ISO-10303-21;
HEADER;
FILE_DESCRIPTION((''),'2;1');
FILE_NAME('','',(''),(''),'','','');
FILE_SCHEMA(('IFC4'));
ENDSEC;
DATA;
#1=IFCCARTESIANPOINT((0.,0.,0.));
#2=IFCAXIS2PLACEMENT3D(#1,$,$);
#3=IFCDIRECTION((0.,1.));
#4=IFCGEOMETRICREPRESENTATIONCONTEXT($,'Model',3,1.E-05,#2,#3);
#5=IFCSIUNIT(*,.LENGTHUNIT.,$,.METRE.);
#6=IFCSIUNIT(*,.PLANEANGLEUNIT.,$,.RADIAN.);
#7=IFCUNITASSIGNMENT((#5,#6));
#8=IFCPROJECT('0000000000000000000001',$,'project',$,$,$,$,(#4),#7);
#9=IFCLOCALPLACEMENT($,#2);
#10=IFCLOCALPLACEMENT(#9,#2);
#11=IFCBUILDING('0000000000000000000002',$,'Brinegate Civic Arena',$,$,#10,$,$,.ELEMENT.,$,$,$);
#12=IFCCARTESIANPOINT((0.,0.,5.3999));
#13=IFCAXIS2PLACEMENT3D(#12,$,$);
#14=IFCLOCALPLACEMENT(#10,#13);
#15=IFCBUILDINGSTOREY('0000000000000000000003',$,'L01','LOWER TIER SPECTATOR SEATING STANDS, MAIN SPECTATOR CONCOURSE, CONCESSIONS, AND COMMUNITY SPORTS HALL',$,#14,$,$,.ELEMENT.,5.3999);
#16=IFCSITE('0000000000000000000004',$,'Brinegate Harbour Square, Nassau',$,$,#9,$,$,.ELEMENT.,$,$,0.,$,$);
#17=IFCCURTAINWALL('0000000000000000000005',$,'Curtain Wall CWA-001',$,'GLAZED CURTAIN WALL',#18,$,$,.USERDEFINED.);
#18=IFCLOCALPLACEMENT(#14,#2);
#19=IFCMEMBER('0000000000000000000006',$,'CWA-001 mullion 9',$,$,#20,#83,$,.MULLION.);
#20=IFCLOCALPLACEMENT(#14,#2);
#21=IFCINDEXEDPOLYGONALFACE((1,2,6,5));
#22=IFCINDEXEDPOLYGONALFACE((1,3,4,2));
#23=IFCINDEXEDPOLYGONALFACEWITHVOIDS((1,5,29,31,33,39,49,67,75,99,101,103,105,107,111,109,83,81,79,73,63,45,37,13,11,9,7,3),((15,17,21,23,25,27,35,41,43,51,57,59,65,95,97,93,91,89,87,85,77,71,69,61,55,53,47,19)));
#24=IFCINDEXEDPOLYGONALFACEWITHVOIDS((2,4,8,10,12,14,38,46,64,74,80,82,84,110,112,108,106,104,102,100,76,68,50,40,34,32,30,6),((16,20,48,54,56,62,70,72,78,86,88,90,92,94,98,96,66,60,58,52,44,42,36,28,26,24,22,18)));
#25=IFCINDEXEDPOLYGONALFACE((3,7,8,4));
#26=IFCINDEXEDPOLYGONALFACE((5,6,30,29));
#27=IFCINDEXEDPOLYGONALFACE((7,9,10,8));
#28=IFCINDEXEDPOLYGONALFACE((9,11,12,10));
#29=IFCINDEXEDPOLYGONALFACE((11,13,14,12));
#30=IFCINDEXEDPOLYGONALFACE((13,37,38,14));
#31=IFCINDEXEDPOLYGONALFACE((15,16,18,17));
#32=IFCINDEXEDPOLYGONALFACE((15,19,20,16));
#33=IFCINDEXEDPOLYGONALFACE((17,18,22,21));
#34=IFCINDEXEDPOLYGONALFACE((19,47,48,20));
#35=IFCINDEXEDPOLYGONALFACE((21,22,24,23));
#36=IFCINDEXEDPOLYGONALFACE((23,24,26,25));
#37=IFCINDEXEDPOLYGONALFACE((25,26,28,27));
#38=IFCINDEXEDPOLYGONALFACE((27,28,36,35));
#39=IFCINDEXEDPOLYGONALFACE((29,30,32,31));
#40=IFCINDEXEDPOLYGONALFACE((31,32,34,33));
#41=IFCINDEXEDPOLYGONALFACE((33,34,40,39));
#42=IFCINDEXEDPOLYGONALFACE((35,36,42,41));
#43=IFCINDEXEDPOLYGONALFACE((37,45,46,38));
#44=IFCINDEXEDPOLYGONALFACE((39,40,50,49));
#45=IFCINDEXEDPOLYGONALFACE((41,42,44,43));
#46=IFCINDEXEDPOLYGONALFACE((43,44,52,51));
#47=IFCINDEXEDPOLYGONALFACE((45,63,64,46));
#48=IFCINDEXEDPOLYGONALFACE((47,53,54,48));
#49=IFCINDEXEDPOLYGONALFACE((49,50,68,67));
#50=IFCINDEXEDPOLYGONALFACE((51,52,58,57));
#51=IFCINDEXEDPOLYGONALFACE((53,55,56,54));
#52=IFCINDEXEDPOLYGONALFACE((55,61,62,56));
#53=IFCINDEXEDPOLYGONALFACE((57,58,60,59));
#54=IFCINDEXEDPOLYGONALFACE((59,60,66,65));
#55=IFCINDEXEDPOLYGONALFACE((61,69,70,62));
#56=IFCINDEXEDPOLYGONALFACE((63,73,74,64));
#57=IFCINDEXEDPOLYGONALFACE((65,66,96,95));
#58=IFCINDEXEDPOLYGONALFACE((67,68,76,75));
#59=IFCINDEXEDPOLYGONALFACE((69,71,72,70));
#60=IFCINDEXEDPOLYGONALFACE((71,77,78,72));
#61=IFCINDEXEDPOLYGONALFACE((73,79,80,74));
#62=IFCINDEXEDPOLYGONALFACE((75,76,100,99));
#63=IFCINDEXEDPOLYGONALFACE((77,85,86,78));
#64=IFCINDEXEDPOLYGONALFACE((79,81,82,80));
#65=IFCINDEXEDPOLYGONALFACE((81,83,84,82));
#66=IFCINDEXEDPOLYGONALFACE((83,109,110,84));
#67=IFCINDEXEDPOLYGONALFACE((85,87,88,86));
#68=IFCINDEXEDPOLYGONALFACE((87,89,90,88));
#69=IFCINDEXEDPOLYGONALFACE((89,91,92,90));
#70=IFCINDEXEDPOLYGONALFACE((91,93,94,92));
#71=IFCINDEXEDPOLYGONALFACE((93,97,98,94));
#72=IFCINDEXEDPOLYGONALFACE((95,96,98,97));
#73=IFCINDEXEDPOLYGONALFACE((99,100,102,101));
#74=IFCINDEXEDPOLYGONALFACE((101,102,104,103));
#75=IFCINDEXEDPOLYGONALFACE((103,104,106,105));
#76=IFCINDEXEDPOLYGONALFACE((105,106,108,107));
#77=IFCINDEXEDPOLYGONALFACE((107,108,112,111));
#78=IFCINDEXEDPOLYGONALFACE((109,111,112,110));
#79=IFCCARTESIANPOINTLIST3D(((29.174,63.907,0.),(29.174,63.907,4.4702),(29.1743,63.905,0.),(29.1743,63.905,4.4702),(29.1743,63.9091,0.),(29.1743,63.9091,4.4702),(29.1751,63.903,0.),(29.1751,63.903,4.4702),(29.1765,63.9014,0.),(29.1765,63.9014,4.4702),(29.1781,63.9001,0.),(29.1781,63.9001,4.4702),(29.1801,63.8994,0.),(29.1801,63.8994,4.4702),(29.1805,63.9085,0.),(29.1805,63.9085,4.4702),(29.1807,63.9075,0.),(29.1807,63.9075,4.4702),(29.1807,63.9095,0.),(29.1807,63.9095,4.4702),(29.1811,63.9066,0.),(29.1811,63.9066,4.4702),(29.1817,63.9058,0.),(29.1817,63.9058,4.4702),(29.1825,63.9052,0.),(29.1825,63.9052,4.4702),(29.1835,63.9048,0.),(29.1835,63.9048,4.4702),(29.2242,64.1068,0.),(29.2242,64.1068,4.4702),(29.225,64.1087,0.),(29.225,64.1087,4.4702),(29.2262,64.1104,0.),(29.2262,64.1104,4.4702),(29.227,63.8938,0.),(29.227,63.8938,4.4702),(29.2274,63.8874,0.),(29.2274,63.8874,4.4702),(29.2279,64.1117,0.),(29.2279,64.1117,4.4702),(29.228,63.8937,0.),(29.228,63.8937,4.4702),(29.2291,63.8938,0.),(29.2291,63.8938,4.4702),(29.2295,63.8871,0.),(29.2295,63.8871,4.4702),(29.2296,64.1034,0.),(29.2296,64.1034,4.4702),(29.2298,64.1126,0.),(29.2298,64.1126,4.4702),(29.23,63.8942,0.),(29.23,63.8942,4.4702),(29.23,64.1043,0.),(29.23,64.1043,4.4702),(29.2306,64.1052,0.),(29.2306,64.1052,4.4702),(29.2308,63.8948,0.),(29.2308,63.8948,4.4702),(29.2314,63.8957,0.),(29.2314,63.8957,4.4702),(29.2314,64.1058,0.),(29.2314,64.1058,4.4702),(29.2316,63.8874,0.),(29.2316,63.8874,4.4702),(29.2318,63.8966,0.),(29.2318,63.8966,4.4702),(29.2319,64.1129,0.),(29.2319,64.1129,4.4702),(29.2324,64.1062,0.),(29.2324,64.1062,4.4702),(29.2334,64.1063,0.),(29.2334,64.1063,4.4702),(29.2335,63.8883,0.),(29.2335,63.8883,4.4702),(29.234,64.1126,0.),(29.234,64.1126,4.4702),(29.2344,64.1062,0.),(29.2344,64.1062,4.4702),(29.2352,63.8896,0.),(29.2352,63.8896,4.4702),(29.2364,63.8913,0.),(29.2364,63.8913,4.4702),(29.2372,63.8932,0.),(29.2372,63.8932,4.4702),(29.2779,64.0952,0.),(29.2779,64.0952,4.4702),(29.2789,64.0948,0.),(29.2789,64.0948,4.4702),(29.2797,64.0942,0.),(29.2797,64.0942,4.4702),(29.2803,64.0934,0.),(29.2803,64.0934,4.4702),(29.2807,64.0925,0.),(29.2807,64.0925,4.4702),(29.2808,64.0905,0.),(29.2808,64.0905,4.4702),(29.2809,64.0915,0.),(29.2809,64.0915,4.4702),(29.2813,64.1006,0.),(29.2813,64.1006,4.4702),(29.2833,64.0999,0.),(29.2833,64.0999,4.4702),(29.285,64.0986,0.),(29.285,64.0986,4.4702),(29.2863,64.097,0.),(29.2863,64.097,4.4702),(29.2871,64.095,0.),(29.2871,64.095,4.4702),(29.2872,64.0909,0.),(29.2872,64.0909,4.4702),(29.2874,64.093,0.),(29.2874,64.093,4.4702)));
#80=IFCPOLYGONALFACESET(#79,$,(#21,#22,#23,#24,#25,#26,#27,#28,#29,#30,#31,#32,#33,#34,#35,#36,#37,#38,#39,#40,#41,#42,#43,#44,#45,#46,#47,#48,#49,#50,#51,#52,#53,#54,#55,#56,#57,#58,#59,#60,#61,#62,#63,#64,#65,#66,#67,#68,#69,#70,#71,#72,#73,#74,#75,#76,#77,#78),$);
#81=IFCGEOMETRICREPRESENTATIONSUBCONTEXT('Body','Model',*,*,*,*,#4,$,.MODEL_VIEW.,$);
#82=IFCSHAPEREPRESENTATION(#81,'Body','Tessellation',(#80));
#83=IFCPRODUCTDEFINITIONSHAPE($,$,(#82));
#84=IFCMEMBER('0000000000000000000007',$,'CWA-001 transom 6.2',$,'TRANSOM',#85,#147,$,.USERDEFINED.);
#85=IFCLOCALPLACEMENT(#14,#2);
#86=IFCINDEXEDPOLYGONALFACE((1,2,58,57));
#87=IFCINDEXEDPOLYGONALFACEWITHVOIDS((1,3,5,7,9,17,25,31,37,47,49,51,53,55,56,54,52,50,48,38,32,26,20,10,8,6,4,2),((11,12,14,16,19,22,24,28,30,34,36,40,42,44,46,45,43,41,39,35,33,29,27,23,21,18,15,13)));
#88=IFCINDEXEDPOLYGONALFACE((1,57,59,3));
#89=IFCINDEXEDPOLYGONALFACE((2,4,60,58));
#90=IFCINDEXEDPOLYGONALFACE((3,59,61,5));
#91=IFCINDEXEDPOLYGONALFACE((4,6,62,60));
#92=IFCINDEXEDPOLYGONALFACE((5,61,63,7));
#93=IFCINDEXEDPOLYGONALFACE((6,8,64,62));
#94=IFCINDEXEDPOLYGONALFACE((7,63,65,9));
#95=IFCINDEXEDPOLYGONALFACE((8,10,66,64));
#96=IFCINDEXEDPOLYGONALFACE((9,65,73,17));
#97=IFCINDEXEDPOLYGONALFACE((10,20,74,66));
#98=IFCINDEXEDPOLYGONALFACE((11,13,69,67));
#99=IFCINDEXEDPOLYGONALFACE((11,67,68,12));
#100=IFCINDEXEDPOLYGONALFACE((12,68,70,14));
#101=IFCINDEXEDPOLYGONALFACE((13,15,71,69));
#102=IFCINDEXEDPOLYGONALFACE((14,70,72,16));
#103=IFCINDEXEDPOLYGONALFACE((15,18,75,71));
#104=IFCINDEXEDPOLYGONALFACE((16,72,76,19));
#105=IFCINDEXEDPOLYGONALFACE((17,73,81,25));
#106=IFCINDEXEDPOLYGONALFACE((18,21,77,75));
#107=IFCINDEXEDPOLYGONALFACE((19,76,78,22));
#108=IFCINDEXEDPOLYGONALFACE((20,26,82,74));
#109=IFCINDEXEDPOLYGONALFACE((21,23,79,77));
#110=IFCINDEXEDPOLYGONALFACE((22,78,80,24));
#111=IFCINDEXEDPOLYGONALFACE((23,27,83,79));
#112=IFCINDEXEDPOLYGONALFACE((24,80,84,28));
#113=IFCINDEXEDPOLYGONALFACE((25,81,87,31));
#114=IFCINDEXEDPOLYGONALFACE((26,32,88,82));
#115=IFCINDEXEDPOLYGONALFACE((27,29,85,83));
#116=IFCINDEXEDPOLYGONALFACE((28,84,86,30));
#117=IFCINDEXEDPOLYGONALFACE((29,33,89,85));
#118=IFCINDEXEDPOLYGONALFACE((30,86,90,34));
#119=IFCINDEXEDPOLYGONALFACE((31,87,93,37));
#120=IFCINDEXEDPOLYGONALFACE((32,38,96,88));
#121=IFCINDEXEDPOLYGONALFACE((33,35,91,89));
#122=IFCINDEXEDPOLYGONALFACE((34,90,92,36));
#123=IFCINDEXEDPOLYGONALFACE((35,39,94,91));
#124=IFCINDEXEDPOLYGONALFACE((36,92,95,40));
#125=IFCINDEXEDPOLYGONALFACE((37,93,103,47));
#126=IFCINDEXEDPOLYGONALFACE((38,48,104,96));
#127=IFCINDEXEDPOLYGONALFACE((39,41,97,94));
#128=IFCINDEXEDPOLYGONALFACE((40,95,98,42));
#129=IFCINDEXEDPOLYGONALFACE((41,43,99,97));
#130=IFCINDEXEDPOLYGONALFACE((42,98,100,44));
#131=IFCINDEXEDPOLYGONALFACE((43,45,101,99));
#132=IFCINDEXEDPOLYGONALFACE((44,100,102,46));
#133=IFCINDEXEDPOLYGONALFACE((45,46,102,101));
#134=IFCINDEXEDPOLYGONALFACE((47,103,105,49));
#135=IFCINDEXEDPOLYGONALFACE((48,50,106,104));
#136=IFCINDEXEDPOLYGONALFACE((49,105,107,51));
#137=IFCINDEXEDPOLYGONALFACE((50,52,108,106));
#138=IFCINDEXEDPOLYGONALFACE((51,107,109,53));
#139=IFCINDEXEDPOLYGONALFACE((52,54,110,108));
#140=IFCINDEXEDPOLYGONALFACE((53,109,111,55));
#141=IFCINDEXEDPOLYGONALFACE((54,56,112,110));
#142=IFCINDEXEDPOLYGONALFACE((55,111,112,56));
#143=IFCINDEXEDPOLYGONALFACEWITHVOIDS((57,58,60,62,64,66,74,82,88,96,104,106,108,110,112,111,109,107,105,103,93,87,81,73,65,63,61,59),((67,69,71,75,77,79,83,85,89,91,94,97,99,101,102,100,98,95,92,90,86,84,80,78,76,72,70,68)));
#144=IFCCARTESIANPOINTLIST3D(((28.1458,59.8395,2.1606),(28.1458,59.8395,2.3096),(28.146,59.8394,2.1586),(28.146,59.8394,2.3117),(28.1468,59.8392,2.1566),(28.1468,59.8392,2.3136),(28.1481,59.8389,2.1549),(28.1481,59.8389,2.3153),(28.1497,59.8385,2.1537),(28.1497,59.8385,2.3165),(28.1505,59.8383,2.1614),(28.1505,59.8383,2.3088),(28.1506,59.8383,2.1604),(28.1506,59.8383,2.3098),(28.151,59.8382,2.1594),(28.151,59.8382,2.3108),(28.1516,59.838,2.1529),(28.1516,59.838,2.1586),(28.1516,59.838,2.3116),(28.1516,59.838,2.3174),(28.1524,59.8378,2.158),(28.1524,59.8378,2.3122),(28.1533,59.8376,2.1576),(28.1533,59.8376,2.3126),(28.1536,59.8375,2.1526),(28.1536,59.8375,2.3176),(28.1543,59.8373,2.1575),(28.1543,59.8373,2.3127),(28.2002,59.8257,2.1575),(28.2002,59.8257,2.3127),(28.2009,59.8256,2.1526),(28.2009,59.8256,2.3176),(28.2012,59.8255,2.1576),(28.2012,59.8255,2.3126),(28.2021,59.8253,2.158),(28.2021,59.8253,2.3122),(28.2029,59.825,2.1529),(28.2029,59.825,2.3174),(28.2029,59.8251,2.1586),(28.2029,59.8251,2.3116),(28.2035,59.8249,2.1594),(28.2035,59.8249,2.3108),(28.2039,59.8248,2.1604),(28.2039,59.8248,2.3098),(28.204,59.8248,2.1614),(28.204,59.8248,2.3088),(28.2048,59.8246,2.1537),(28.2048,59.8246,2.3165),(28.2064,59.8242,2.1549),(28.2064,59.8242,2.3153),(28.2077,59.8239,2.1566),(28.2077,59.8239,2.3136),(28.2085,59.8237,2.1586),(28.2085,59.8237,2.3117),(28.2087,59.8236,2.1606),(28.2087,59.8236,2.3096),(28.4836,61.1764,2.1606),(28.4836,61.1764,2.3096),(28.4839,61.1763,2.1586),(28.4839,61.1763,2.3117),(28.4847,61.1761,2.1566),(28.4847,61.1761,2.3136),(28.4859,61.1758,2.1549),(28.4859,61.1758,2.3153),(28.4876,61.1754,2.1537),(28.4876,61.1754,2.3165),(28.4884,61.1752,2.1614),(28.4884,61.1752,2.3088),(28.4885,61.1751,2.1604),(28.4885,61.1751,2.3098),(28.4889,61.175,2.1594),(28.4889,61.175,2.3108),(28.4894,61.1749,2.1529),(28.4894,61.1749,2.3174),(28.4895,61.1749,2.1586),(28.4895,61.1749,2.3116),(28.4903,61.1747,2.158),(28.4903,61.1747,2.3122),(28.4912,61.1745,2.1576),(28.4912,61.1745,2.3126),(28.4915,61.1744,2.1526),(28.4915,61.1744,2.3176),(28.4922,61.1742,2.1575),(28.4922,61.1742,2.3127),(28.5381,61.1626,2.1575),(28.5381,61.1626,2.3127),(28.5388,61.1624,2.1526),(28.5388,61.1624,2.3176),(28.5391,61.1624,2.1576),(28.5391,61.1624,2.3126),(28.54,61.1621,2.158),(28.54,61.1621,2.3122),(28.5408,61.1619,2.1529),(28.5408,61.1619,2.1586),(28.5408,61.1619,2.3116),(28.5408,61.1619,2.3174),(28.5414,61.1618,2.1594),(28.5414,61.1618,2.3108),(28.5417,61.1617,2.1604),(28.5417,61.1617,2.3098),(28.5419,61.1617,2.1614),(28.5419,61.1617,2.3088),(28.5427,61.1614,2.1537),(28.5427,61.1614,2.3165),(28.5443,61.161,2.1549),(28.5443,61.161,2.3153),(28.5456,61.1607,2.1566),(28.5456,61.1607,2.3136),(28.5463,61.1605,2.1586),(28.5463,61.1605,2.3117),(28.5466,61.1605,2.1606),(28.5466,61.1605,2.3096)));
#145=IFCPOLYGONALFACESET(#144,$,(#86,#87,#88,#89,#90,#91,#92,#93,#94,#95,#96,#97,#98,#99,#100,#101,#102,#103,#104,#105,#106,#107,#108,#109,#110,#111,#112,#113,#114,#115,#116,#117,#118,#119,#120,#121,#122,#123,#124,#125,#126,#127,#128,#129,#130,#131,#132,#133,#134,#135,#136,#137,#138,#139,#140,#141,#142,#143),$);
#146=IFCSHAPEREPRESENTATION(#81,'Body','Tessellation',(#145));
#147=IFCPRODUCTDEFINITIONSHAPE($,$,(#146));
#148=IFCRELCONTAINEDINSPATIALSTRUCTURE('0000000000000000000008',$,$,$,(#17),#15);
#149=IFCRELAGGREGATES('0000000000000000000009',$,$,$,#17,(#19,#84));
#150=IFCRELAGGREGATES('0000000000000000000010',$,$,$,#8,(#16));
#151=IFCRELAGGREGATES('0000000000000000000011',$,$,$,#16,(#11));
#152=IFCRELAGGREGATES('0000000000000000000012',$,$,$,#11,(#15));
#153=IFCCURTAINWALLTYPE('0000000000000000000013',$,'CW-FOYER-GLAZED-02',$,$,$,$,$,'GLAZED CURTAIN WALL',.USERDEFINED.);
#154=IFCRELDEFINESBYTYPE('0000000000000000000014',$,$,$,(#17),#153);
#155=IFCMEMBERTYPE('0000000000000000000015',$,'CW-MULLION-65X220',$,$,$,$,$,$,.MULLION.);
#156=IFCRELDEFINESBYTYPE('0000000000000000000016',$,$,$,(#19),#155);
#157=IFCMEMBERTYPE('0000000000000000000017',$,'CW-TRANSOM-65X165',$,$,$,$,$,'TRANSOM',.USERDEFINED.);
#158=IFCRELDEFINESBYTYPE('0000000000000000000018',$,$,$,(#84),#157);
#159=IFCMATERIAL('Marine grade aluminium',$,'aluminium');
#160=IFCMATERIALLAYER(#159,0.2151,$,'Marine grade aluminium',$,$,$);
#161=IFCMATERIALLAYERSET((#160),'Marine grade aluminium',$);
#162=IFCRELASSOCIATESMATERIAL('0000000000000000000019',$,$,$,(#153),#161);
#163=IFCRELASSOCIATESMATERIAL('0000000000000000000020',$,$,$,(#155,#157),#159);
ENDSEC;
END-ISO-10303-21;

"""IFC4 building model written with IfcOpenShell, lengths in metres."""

from ifc_helpers import new_model, si_unit, direction, frame, origin, origin_2d, place, context, subcontext, project, spatial, hollow_rectangle, extrude, material, layer, layer_set, material_profile, profile_set, type_object, element, aggregate, save


model = new_model("IFC4")

# Units and contexts
model_context = context("Model", 3, precision=1e-05, world=origin(), true_north=direction((0.0, 1.0)))
body_context = subcontext(model_context, "Body", "Model", "MODEL_VIEW")
ifc_project = project(units=[si_unit("LENGTHUNIT", "METRE"), si_unit("PLANEANGLEUNIT", "RADIAN")], contexts=[model_context])

# Site, building, storey
site_placement = place(None, origin())
site = spatial("IfcSite", under=ifc_project, at=site_placement, Name="Brinegate Harbour Square, Nassau", CompositionType="ELEMENT", RefElevation=0.0)
building_placement = place(site_placement, origin())
building = spatial("IfcBuilding", under=site, at=building_placement, Name="Brinegate Civic Arena", CompositionType="ELEMENT")
storey_placement = place(building_placement, frame((0.0, 0.0, 5.3999)))
storey = spatial("IfcBuildingStorey", under=building, at=storey_placement, Name="L01", Description="LOWER TIER SPECTATOR SEATING STANDS, MAIN SPECTATOR CONCOURSE, CONCESSIONS, AND COMMUNITY SPORTS HALL", CompositionType="ELEMENT", Elevation=5.3999)

# Curtain wall, members
ifc_material_1 = material(Name="Marine grade aluminium", Category="aluminium")
ifc_layer_1 = layer(ifc_material_1, 0.2151, Name="Marine grade aluminium")
ifc_layer_set_1 = layer_set([ifc_layer_1], Name="Marine grade aluminium")
curtain_wall_type = type_object("IfcCurtainWallType", Name="CW-FOYER-GLAZED-02", ElementType="GLAZED CURTAIN WALL", PredefinedType="USERDEFINED", material=ifc_layer_set_1)
curtain_wall_placement = place(storey_placement, origin())
curtain_wall = element("IfcCurtainWall", 1, at=curtain_wall_placement, inside=storey, type_object=curtain_wall_type, Name="Curtain Wall CWA-001", ObjectType="GLAZED CURTAIN WALL", PredefinedType="USERDEFINED")
ifc_material_profile_1 = material_profile(ifc_material_1, hollow_rectangle(XDim=0.0649, YDim=0.22, WallThickness=0.0061, InnerFilletRadius=0.0039, OuterFilletRadius=0.0081, at=origin_2d()), Name="MUL65X220")
ifc_profile_set_1 = profile_set([ifc_material_profile_1], Name="Marine grade aluminium")
member_type_1 = type_object("IfcMemberType", Name="CW-MULLION-65X220", PredefinedType="MULLION", material=ifc_profile_set_1)
member_1_placement = place(storey_placement, frame((29.2307, 64.0, 0.0), z_axis=(0.0, 0.0, 1.0), x_axis=(-0.969513, 0.245042, 0.0)))
member_1 = element("IfcMember", 2, at=member_1_placement, type_object=member_type_1, Name="CWA-001 mullion 9", PredefinedType="MULLION", context=body_context, shape_type="SweptSolid", body=[
    extrude(hollow_rectangle(XDim=0.0649, YDim=0.22, WallThickness=0.0061, InnerFilletRadius=0.0039, OuterFilletRadius=0.0081, at=origin_2d()), origin(), (0.0, 0.0, 1.0), 4.4702),
])
ifc_material_profile_2 = material_profile(ifc_material_1, hollow_rectangle(XDim=0.0649, YDim=0.165, WallThickness=0.0049, InnerFilletRadius=0.0039, OuterFilletRadius=0.0081, at=origin_2d()), Name="TRN65X165")
ifc_profile_set_2 = profile_set([ifc_material_profile_2], Name="Marine grade aluminium")
member_type_2 = type_object("IfcMemberType", Name="CW-TRANSOM-65X165", ElementType="TRANSOM", PredefinedType="USERDEFINED", material=ifc_profile_set_2)
member_2_placement = place(storey_placement, frame((28.1772, 59.8315, 2.2351), z_axis=(0.245034, 0.969514, 0.0), x_axis=(-0.969514, 0.245034, 0.0)))
member_2 = element("IfcMember", 3, at=member_2_placement, type_object=member_type_2, Name="CWA-001 transom 6.2", ObjectType="TRANSOM", PredefinedType="USERDEFINED", context=body_context, shape_type="SweptSolid", body=[
    extrude(hollow_rectangle(XDim=0.0649, YDim=0.165, WallThickness=0.0049, InnerFilletRadius=0.0039, OuterFilletRadius=0.0081, at=origin_2d()), origin(), (0.0, 0.0, 1.0), 1.3789),
])
aggregate(curtain_wall, [member_1, member_2])

save(model, "model.ifc")
